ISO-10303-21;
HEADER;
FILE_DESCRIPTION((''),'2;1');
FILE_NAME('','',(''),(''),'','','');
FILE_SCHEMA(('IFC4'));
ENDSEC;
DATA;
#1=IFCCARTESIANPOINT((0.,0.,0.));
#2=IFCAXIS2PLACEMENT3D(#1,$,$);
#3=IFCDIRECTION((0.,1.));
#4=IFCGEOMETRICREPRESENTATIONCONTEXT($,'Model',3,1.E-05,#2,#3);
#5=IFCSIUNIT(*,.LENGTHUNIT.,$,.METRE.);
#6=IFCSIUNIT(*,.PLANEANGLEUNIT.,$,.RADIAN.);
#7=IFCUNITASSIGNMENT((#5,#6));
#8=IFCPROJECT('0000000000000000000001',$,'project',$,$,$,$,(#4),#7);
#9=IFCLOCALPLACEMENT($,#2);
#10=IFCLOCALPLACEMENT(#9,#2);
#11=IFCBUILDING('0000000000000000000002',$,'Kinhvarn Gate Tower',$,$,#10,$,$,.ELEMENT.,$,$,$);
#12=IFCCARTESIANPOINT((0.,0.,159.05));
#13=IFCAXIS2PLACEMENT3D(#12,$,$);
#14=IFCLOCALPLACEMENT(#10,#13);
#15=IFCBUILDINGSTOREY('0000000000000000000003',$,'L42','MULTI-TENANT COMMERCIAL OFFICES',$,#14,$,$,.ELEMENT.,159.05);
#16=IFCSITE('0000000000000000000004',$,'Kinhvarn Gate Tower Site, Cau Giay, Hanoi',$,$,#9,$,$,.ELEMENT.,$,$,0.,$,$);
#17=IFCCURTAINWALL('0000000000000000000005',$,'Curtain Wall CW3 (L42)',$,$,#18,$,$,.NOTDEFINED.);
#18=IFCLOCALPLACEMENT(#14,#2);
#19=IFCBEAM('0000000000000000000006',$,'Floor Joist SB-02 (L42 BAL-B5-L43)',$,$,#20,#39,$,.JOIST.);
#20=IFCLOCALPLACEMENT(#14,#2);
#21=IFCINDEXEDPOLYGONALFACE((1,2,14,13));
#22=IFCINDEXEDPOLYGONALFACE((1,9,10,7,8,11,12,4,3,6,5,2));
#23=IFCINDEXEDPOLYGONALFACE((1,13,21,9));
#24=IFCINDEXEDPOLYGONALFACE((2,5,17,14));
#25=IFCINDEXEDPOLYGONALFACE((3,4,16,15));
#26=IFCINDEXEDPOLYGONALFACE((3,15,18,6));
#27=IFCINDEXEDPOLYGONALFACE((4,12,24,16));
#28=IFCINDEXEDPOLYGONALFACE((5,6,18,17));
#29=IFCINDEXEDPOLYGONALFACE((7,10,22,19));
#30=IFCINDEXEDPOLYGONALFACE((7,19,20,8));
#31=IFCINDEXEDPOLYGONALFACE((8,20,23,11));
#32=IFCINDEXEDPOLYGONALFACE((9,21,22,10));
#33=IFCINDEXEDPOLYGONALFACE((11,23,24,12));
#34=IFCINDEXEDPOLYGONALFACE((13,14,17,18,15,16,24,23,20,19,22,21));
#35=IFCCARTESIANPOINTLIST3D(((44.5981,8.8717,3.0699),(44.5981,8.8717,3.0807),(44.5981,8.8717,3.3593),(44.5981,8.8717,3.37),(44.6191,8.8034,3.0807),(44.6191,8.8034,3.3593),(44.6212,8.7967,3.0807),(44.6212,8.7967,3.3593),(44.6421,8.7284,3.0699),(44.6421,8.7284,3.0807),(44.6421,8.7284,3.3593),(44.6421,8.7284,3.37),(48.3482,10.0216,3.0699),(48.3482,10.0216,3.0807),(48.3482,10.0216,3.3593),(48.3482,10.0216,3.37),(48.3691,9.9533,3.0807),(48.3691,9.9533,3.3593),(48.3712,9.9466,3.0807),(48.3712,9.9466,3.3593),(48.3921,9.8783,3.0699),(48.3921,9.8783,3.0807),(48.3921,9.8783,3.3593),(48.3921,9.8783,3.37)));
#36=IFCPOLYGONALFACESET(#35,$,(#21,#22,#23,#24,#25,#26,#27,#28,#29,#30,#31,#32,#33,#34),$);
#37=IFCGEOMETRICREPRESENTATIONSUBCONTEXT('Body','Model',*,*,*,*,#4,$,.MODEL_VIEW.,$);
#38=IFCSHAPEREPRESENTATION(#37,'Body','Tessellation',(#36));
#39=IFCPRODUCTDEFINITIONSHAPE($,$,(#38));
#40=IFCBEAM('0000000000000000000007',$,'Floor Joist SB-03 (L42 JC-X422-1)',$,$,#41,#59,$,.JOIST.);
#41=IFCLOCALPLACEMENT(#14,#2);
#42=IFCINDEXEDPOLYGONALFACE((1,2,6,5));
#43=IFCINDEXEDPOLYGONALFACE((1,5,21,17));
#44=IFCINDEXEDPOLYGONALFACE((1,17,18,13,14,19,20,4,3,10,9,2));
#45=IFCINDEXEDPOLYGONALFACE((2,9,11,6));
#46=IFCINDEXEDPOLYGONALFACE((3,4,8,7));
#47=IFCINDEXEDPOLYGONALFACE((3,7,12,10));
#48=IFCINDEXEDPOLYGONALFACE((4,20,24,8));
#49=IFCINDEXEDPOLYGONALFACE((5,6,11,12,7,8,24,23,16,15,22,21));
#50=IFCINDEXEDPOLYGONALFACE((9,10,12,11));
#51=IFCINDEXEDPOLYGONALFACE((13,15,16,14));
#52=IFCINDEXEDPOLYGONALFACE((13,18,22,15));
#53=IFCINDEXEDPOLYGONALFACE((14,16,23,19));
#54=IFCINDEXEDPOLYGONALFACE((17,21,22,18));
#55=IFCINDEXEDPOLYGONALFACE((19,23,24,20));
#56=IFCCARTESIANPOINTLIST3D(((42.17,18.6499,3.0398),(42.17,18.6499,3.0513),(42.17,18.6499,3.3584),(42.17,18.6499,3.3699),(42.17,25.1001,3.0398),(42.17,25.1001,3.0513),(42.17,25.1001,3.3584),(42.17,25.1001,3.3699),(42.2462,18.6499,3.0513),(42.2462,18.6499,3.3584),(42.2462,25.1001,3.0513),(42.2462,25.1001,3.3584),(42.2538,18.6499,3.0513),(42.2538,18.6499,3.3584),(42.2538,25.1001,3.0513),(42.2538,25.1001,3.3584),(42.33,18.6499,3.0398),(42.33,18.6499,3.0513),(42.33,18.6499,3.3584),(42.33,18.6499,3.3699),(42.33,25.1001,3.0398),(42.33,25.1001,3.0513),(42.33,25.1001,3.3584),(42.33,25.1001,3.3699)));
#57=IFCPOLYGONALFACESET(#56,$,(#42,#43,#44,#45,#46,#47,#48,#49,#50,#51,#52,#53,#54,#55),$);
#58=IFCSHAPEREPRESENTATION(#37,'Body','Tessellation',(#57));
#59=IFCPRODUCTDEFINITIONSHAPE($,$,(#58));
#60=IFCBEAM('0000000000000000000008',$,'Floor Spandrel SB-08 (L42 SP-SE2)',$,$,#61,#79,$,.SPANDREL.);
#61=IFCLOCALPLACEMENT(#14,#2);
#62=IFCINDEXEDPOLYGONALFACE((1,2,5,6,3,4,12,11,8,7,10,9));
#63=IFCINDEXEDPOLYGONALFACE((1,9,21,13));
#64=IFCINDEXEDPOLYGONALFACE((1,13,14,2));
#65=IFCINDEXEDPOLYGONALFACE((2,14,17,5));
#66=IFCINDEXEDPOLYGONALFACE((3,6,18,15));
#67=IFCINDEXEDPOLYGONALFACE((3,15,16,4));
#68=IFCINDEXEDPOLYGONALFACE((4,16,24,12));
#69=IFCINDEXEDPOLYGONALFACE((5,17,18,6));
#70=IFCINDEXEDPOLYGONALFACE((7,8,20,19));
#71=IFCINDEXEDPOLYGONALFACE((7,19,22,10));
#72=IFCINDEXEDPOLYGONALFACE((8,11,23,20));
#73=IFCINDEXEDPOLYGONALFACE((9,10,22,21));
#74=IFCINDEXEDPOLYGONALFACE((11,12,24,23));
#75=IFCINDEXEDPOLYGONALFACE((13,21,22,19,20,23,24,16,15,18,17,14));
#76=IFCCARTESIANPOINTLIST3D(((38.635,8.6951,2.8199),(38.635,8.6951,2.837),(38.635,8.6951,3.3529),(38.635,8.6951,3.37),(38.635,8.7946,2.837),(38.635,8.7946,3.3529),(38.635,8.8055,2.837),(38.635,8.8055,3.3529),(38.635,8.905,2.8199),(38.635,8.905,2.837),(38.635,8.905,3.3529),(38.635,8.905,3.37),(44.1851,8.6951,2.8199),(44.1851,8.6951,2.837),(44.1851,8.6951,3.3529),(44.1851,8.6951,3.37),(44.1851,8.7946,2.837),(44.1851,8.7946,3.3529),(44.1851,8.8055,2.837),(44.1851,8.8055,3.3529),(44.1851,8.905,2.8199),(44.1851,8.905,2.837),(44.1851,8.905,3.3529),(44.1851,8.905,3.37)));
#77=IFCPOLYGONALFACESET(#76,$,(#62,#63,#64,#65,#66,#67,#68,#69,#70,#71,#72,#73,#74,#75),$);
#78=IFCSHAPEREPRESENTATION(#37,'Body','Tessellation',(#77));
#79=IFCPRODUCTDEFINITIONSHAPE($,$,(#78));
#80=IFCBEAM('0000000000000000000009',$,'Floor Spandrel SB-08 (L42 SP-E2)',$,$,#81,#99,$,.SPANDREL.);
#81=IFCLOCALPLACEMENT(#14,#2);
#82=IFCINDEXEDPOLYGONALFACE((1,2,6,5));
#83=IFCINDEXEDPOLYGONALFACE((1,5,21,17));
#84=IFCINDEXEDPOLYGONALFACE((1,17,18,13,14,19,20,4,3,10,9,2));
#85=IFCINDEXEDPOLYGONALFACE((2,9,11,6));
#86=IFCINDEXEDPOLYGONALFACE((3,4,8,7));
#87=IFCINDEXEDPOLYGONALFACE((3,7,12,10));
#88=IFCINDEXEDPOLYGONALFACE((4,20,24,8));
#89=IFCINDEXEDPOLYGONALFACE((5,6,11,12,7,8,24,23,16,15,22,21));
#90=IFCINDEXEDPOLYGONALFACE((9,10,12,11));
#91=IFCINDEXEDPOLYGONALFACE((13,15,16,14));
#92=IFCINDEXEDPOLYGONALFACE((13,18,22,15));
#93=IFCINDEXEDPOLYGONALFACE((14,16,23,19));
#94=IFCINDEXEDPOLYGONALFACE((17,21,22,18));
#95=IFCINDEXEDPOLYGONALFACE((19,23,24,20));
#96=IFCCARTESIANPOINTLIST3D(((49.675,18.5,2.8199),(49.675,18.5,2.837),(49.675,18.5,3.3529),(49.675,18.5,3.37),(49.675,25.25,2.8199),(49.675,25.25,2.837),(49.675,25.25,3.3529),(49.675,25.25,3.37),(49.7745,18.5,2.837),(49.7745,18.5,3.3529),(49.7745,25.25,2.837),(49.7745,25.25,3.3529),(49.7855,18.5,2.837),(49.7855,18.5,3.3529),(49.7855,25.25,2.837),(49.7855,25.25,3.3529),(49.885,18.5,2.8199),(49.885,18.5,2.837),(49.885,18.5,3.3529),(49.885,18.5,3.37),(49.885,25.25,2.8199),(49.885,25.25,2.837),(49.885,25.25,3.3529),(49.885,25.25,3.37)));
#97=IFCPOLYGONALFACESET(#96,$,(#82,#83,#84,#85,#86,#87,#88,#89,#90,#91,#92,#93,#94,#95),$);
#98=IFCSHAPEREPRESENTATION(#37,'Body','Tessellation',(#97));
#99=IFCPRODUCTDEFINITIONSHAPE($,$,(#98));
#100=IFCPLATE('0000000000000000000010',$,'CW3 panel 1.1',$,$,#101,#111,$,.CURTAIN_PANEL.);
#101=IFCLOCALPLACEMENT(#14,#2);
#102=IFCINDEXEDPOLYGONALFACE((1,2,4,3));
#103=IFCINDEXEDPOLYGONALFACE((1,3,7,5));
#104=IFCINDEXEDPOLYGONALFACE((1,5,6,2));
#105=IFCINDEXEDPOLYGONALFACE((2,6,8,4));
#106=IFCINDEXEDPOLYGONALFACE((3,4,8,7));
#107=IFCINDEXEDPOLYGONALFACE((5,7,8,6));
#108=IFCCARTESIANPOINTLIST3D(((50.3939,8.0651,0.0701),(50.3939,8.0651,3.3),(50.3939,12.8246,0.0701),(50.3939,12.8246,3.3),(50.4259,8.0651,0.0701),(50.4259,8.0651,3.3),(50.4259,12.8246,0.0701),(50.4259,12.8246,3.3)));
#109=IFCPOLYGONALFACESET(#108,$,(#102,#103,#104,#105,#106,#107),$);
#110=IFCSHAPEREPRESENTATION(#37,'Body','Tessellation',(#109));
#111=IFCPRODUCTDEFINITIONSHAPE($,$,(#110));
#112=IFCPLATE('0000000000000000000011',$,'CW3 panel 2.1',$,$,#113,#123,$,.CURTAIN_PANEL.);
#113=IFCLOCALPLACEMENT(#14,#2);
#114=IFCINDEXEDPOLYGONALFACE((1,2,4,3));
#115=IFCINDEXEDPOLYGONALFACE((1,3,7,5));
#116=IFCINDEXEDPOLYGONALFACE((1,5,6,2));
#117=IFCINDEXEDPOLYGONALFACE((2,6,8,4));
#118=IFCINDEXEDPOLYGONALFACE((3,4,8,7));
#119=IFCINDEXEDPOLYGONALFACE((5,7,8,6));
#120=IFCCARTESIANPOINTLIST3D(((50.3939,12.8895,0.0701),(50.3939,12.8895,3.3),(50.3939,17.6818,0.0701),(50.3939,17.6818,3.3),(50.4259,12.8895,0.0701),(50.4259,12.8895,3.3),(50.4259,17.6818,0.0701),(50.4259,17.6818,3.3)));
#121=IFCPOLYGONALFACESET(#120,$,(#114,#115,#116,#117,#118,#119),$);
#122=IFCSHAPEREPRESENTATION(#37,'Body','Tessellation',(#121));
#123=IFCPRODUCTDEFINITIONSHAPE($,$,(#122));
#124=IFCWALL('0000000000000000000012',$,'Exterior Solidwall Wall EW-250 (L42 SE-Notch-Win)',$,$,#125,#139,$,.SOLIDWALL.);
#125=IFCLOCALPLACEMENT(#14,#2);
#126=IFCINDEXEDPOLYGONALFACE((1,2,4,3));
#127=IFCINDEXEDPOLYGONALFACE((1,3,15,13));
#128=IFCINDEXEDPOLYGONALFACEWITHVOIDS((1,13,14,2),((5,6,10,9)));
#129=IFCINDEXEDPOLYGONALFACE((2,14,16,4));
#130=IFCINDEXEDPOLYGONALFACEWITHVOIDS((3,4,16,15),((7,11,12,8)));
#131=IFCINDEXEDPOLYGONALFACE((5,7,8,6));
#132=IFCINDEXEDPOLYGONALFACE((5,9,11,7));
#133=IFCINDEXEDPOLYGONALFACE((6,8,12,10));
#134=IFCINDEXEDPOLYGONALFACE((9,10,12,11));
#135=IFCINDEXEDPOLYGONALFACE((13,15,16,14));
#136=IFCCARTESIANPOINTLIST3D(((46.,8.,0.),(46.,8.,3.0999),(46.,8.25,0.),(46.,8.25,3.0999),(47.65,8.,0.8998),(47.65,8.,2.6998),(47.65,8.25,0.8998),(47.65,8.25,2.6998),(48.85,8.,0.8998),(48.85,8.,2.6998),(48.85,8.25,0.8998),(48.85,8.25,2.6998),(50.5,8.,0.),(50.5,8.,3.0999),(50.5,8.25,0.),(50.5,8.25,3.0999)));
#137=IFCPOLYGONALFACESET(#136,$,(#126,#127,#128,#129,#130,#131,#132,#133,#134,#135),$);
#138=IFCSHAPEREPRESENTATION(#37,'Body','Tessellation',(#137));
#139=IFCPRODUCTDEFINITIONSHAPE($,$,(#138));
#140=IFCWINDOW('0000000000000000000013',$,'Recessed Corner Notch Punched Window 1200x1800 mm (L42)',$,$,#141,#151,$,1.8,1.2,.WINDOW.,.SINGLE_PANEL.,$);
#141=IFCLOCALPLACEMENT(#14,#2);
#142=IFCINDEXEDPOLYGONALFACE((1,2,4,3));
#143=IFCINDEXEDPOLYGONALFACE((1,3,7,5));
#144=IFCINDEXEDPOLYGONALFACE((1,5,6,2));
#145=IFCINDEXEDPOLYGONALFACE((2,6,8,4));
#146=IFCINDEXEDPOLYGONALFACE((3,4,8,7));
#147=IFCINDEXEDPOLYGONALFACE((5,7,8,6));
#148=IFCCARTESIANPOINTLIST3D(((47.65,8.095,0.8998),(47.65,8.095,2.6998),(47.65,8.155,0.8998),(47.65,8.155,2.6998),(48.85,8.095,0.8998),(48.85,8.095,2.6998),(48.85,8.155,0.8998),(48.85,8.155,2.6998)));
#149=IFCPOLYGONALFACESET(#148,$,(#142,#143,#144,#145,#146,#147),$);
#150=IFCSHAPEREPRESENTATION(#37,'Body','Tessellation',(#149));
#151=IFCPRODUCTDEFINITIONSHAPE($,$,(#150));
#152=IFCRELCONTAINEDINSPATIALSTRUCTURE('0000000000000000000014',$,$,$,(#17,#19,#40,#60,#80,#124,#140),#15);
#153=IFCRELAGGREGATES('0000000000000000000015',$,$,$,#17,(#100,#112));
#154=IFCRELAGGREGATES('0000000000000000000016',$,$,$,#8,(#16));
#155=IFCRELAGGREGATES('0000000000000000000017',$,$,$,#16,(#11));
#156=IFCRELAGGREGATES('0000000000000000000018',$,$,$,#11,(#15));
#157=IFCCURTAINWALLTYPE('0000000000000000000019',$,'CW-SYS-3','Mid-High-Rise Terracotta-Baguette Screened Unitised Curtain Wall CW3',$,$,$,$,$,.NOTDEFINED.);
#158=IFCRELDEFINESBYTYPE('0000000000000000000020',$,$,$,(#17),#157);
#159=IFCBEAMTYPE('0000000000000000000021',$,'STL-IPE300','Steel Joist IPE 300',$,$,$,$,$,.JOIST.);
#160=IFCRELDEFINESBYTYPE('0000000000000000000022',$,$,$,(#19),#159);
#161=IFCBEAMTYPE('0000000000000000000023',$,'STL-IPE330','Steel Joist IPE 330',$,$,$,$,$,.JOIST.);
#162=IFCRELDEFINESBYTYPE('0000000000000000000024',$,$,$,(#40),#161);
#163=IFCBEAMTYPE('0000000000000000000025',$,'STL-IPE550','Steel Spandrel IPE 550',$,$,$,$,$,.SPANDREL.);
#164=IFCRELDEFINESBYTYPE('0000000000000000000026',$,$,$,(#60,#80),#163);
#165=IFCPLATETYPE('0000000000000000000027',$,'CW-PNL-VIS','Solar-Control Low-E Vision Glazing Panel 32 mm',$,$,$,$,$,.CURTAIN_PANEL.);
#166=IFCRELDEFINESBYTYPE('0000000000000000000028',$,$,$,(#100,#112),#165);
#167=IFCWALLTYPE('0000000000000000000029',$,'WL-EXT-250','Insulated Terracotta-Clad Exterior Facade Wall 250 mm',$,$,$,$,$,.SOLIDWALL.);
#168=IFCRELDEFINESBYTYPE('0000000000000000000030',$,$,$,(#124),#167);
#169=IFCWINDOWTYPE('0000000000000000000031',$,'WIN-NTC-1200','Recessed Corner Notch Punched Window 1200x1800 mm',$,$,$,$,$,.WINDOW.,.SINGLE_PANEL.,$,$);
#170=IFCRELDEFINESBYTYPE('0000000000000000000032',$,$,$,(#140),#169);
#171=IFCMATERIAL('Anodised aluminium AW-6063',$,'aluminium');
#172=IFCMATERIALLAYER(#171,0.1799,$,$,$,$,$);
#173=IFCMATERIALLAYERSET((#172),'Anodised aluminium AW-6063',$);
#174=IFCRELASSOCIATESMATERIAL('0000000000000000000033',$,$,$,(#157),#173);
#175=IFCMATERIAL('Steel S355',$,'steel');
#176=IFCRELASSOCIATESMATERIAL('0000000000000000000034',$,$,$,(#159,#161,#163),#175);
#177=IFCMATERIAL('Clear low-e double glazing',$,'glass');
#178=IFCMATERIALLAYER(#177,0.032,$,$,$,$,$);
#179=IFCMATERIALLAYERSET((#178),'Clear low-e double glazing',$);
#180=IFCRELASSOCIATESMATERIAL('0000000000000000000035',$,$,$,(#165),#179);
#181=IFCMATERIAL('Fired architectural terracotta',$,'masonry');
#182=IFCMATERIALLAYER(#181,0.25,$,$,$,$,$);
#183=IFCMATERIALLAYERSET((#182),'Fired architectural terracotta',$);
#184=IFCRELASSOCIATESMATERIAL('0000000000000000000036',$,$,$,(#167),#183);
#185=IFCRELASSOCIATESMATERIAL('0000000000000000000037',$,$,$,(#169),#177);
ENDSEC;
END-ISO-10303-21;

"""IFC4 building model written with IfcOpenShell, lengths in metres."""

from ifc_helpers import new_model, si_unit, direction, frame, frame_2d, origin, origin_2d, place, context, subcontext, project, spatial, rectangle, i_section, extrude, material, layer, layer_set, material_profile, profile_set, type_object, element, fill, aggregate, save


model = new_model("IFC4")

# Units and contexts
model_context = context("Model", 3, precision=1e-05, world=origin(), true_north=direction((0.0, 1.0)))
body_context = subcontext(model_context, "Body", "Model", "MODEL_VIEW")
ifc_project = project(units=[si_unit("LENGTHUNIT", "METRE"), si_unit("PLANEANGLEUNIT", "RADIAN")], contexts=[model_context])

# Site, building, storey
site_placement = place(None, origin())
site = spatial("IfcSite", under=ifc_project, at=site_placement, Name="Kinhvarn Gate Tower Site, Cau Giay, Hanoi", CompositionType="ELEMENT", RefElevation=0.0)
building_placement = place(site_placement, origin())
building = spatial("IfcBuilding", under=site, at=building_placement, Name="Kinhvarn Gate Tower", CompositionType="ELEMENT")
storey_placement = place(building_placement, frame((0.0, 0.0, 159.05)))
storey = spatial("IfcBuildingStorey", under=building, at=storey_placement, Name="L42", Description="MULTI-TENANT COMMERCIAL OFFICES", CompositionType="ELEMENT", Elevation=159.05)

# Curtain wall
ifc_material_1 = material(Name="Anodised aluminium AW-6063", Category="aluminium")
ifc_layer_1 = layer(ifc_material_1, 0.1799)
ifc_layer_set_1 = layer_set([ifc_layer_1], Name="Anodised aluminium AW-6063")
curtain_wall_type = type_object("IfcCurtainWallType", Name="CW-SYS-3", Description="Mid-High-Rise Terracotta-Baguette Screened Unitised Curtain Wall CW3", PredefinedType="NOTDEFINED", material=ifc_layer_set_1)
curtain_wall_placement = place(storey_placement, origin())
curtain_wall = element("IfcCurtainWall", 1, at=curtain_wall_placement, inside=storey, type_object=curtain_wall_type, Name="Curtain Wall CW3 (L42)", PredefinedType="NOTDEFINED")

# Beams
ifc_material_2 = material(Name="Steel S355", Category="steel")
ifc_material_profile_1 = material_profile(ifc_material_2, i_section(OverallWidth=0.1499, OverallDepth=0.3, WebThickness=0.0071, FlangeThickness=0.0107, at=origin_2d()), Name="IPE 300")
ifc_profile_set_1 = profile_set([ifc_material_profile_1], Name="Steel S355")
beam_type_1 = type_object("IfcBeamType", Name="STL-IPE300", Description="Steel Joist IPE 300", PredefinedType="JOIST", material=ifc_profile_set_1)
beam_1_placement = place(storey_placement, frame((44.6201, 8.8, 3.22), z_axis=(0.956061, 0.293167, 0.0), x_axis=(-0.293167, 0.956061, 0.0)))
element("IfcBeam", 2, at=beam_1_placement, inside=storey, type_object=beam_type_1, Name="Floor Joist SB-02 (L42 BAL-B5-L43)", PredefinedType="JOIST", context=body_context, shape_type="SweptSolid", body=[
    extrude(i_section(OverallWidth=0.1499, OverallDepth=0.3, WebThickness=0.0071, FlangeThickness=0.0107, at=origin_2d()), origin(), (0.0, 0.0, 1.0), 3.9224),
])
ifc_material_profile_2 = material_profile(ifc_material_2, i_section(OverallWidth=0.1599, OverallDepth=0.3301, WebThickness=0.0076, FlangeThickness=0.0115, at=origin_2d()), Name="IPE 330")
ifc_profile_set_2 = profile_set([ifc_material_profile_2], Name="Steel S355")
beam_type_2 = type_object("IfcBeamType", Name="STL-IPE330", Description="Steel Joist IPE 330", PredefinedType="JOIST", material=ifc_profile_set_2)
beam_2_placement = place(storey_placement, frame((42.25, 18.6499, 3.2048), z_axis=(0.0, 1.0, 0.0), x_axis=(-1.0, 0.0, 0.0)))
element("IfcBeam", 3, at=beam_2_placement, inside=storey, type_object=beam_type_2, Name="Floor Joist SB-03 (L42 JC-X422-1)", PredefinedType="JOIST", context=body_context, shape_type="SweptSolid", body=[
    extrude(i_section(OverallWidth=0.1599, OverallDepth=0.3301, WebThickness=0.0076, FlangeThickness=0.0115, at=origin_2d()), origin(), (0.0, 0.0, 1.0), 6.4502),
])
ifc_material_profile_3 = material_profile(ifc_material_2, i_section(OverallWidth=0.21, OverallDepth=0.55, WebThickness=0.011, FlangeThickness=0.0171, at=origin_2d()), Name="IPE 550")
ifc_profile_set_3 = profile_set([ifc_material_profile_3], Name="Steel S355")
beam_type_3 = type_object("IfcBeamType", Name="STL-IPE550", Description="Steel Spandrel IPE 550", PredefinedType="SPANDREL", material=ifc_profile_set_3)
beam_3_placement = place(storey_placement, frame((38.635, 8.8, 3.095), z_axis=(1.0, 0.0, 0.0), x_axis=(0.0, 1.0, 0.0)))
element("IfcBeam", 4, at=beam_3_placement, inside=storey, type_object=beam_type_3, Name="Floor Spandrel SB-08 (L42 SP-SE2)", PredefinedType="SPANDREL", context=body_context, shape_type="SweptSolid", body=[
    extrude(i_section(OverallWidth=0.21, OverallDepth=0.55, WebThickness=0.011, FlangeThickness=0.0171, at=origin_2d()), origin(), (0.0, 0.0, 1.0), 5.55),
])
beam_4_placement = place(storey_placement, frame((49.78, 18.5, 3.095), z_axis=(0.0, 1.0, 0.0), x_axis=(-1.0, 0.0, 0.0)))
element("IfcBeam", 5, at=beam_4_placement, inside=storey, type_object=beam_type_3, Name="Floor Spandrel SB-08 (L42 SP-E2)", PredefinedType="SPANDREL", context=body_context, shape_type="SweptSolid", body=[
    extrude(i_section(OverallWidth=0.21, OverallDepth=0.55, WebThickness=0.011, FlangeThickness=0.0171, at=origin_2d()), origin(), (0.0, 0.0, 1.0), 6.75),
])

# Plates
ifc_material_3 = material(Name="Clear low-e double glazing", Category="glass")
ifc_layer_2 = layer(ifc_material_3, 0.032)
ifc_layer_set_2 = layer_set([ifc_layer_2], Name="Clear low-e double glazing")
plate_type = type_object("IfcPlateType", Name="CW-PNL-VIS", Description="Solar-Control Low-E Vision Glazing Panel 32 mm", PredefinedType="CURTAIN_PANEL", material=ifc_layer_set_2)
plate_1_placement = place(storey_placement, frame((50.4099, 10.4448, 0.0701), z_axis=(0.0, 0.0, 1.0), x_axis=(0.0, 1.0, 0.0)))
plate_1 = element("IfcPlate", 6, at=plate_1_placement, type_object=plate_type, Name="CW3 panel 1.1", PredefinedType="CURTAIN_PANEL", context=body_context, shape_type="SweptSolid", body=[
    extrude(rectangle(XDim=4.7595, YDim=0.032, at=origin_2d()), origin(), (0.0, 0.0, 1.0), 3.23),
])
plate_2_placement = place(storey_placement, frame((50.4099, 15.2856, 0.0701), z_axis=(0.0, 0.0, 1.0), x_axis=(0.0, 1.0, 0.0)))
plate_2 = element("IfcPlate", 7, at=plate_2_placement, type_object=plate_type, Name="CW3 panel 2.1", PredefinedType="CURTAIN_PANEL", context=body_context, shape_type="SweptSolid", body=[
    extrude(rectangle(XDim=4.7922, YDim=0.032, at=origin_2d()), origin(), (0.0, 0.0, 1.0), 3.23),
])
aggregate(curtain_wall, [plate_1, plate_2])

# Wall, opening, window
ifc_material_4 = material(Name="Fired architectural terracotta", Category="masonry")
ifc_layer_3 = layer(ifc_material_4, 0.25)
ifc_layer_set_3 = layer_set([ifc_layer_3], Name="Fired architectural terracotta")
wall_type = type_object("IfcWallType", Name="WL-EXT-250", Description="Insulated Terracotta-Clad Exterior Facade Wall 250 mm", PredefinedType="SOLIDWALL", material=ifc_layer_set_3)
wall_placement = place(storey_placement, frame((46.0, 8.125, 0.0), z_axis=(0.0, 0.0, 1.0), x_axis=(1.0, 0.0, 0.0)))
wall = element("IfcWall", 8, at=wall_placement, inside=storey, type_object=wall_type, Name="Exterior Solidwall Wall EW-250 (L42 SE-Notch-Win)", PredefinedType="SOLIDWALL", context=body_context, shape_type="SweptSolid", body=[
    extrude(rectangle(XDim=4.5, YDim=0.25, at=frame_2d((2.25, 0.0))), origin(), (0.0, 0.0, 1.0), 3.0999),
])
opening_placement = place(wall_placement, frame((1.6499, 0.0, 0.8999)))
opening = element("IfcOpeningElement", 9, at=opening_placement, cuts=wall, PredefinedType="OPENING", context=body_context, shape_type="SweptSolid", body=[
    extrude(rectangle(XDim=1.2, YDim=1.8, at=frame_2d((0.6001, 0.8999))), frame((0.0, 0.135, 0.0), z_axis=(0.0, -1.0, 0.0), x_axis=(1.0, 0.0, 0.0)), (0.0, 0.0, 1.0), 0.27),
])
window_type = type_object("IfcWindowType", Name="WIN-NTC-1200", Description="Recessed Corner Notch Punched Window 1200x1800 mm", PartitioningType="SINGLE_PANEL", PredefinedType="WINDOW", material=ifc_material_3)
window_placement = place(opening_placement, origin())
window = element("IfcWindow", 10, at=window_placement, inside=storey, type_object=window_type, Name="Recessed Corner Notch Punched Window 1200x1800 mm (L42)", OverallHeight=1.8, OverallWidth=1.2, PartitioningType="SINGLE_PANEL", PredefinedType="WINDOW", context=body_context, shape_type="SweptSolid", body=[
    extrude(rectangle(XDim=1.2, YDim=1.8, at=frame_2d((0.6001, 0.8999))), frame((0.0, 0.03, 0.0), z_axis=(0.0, -1.0, 0.0), x_axis=(1.0, 0.0, 0.0)), (0.0, 0.0, 1.0), 0.0601),
])
fill(opening, window)

save(model, "model.ifc")
